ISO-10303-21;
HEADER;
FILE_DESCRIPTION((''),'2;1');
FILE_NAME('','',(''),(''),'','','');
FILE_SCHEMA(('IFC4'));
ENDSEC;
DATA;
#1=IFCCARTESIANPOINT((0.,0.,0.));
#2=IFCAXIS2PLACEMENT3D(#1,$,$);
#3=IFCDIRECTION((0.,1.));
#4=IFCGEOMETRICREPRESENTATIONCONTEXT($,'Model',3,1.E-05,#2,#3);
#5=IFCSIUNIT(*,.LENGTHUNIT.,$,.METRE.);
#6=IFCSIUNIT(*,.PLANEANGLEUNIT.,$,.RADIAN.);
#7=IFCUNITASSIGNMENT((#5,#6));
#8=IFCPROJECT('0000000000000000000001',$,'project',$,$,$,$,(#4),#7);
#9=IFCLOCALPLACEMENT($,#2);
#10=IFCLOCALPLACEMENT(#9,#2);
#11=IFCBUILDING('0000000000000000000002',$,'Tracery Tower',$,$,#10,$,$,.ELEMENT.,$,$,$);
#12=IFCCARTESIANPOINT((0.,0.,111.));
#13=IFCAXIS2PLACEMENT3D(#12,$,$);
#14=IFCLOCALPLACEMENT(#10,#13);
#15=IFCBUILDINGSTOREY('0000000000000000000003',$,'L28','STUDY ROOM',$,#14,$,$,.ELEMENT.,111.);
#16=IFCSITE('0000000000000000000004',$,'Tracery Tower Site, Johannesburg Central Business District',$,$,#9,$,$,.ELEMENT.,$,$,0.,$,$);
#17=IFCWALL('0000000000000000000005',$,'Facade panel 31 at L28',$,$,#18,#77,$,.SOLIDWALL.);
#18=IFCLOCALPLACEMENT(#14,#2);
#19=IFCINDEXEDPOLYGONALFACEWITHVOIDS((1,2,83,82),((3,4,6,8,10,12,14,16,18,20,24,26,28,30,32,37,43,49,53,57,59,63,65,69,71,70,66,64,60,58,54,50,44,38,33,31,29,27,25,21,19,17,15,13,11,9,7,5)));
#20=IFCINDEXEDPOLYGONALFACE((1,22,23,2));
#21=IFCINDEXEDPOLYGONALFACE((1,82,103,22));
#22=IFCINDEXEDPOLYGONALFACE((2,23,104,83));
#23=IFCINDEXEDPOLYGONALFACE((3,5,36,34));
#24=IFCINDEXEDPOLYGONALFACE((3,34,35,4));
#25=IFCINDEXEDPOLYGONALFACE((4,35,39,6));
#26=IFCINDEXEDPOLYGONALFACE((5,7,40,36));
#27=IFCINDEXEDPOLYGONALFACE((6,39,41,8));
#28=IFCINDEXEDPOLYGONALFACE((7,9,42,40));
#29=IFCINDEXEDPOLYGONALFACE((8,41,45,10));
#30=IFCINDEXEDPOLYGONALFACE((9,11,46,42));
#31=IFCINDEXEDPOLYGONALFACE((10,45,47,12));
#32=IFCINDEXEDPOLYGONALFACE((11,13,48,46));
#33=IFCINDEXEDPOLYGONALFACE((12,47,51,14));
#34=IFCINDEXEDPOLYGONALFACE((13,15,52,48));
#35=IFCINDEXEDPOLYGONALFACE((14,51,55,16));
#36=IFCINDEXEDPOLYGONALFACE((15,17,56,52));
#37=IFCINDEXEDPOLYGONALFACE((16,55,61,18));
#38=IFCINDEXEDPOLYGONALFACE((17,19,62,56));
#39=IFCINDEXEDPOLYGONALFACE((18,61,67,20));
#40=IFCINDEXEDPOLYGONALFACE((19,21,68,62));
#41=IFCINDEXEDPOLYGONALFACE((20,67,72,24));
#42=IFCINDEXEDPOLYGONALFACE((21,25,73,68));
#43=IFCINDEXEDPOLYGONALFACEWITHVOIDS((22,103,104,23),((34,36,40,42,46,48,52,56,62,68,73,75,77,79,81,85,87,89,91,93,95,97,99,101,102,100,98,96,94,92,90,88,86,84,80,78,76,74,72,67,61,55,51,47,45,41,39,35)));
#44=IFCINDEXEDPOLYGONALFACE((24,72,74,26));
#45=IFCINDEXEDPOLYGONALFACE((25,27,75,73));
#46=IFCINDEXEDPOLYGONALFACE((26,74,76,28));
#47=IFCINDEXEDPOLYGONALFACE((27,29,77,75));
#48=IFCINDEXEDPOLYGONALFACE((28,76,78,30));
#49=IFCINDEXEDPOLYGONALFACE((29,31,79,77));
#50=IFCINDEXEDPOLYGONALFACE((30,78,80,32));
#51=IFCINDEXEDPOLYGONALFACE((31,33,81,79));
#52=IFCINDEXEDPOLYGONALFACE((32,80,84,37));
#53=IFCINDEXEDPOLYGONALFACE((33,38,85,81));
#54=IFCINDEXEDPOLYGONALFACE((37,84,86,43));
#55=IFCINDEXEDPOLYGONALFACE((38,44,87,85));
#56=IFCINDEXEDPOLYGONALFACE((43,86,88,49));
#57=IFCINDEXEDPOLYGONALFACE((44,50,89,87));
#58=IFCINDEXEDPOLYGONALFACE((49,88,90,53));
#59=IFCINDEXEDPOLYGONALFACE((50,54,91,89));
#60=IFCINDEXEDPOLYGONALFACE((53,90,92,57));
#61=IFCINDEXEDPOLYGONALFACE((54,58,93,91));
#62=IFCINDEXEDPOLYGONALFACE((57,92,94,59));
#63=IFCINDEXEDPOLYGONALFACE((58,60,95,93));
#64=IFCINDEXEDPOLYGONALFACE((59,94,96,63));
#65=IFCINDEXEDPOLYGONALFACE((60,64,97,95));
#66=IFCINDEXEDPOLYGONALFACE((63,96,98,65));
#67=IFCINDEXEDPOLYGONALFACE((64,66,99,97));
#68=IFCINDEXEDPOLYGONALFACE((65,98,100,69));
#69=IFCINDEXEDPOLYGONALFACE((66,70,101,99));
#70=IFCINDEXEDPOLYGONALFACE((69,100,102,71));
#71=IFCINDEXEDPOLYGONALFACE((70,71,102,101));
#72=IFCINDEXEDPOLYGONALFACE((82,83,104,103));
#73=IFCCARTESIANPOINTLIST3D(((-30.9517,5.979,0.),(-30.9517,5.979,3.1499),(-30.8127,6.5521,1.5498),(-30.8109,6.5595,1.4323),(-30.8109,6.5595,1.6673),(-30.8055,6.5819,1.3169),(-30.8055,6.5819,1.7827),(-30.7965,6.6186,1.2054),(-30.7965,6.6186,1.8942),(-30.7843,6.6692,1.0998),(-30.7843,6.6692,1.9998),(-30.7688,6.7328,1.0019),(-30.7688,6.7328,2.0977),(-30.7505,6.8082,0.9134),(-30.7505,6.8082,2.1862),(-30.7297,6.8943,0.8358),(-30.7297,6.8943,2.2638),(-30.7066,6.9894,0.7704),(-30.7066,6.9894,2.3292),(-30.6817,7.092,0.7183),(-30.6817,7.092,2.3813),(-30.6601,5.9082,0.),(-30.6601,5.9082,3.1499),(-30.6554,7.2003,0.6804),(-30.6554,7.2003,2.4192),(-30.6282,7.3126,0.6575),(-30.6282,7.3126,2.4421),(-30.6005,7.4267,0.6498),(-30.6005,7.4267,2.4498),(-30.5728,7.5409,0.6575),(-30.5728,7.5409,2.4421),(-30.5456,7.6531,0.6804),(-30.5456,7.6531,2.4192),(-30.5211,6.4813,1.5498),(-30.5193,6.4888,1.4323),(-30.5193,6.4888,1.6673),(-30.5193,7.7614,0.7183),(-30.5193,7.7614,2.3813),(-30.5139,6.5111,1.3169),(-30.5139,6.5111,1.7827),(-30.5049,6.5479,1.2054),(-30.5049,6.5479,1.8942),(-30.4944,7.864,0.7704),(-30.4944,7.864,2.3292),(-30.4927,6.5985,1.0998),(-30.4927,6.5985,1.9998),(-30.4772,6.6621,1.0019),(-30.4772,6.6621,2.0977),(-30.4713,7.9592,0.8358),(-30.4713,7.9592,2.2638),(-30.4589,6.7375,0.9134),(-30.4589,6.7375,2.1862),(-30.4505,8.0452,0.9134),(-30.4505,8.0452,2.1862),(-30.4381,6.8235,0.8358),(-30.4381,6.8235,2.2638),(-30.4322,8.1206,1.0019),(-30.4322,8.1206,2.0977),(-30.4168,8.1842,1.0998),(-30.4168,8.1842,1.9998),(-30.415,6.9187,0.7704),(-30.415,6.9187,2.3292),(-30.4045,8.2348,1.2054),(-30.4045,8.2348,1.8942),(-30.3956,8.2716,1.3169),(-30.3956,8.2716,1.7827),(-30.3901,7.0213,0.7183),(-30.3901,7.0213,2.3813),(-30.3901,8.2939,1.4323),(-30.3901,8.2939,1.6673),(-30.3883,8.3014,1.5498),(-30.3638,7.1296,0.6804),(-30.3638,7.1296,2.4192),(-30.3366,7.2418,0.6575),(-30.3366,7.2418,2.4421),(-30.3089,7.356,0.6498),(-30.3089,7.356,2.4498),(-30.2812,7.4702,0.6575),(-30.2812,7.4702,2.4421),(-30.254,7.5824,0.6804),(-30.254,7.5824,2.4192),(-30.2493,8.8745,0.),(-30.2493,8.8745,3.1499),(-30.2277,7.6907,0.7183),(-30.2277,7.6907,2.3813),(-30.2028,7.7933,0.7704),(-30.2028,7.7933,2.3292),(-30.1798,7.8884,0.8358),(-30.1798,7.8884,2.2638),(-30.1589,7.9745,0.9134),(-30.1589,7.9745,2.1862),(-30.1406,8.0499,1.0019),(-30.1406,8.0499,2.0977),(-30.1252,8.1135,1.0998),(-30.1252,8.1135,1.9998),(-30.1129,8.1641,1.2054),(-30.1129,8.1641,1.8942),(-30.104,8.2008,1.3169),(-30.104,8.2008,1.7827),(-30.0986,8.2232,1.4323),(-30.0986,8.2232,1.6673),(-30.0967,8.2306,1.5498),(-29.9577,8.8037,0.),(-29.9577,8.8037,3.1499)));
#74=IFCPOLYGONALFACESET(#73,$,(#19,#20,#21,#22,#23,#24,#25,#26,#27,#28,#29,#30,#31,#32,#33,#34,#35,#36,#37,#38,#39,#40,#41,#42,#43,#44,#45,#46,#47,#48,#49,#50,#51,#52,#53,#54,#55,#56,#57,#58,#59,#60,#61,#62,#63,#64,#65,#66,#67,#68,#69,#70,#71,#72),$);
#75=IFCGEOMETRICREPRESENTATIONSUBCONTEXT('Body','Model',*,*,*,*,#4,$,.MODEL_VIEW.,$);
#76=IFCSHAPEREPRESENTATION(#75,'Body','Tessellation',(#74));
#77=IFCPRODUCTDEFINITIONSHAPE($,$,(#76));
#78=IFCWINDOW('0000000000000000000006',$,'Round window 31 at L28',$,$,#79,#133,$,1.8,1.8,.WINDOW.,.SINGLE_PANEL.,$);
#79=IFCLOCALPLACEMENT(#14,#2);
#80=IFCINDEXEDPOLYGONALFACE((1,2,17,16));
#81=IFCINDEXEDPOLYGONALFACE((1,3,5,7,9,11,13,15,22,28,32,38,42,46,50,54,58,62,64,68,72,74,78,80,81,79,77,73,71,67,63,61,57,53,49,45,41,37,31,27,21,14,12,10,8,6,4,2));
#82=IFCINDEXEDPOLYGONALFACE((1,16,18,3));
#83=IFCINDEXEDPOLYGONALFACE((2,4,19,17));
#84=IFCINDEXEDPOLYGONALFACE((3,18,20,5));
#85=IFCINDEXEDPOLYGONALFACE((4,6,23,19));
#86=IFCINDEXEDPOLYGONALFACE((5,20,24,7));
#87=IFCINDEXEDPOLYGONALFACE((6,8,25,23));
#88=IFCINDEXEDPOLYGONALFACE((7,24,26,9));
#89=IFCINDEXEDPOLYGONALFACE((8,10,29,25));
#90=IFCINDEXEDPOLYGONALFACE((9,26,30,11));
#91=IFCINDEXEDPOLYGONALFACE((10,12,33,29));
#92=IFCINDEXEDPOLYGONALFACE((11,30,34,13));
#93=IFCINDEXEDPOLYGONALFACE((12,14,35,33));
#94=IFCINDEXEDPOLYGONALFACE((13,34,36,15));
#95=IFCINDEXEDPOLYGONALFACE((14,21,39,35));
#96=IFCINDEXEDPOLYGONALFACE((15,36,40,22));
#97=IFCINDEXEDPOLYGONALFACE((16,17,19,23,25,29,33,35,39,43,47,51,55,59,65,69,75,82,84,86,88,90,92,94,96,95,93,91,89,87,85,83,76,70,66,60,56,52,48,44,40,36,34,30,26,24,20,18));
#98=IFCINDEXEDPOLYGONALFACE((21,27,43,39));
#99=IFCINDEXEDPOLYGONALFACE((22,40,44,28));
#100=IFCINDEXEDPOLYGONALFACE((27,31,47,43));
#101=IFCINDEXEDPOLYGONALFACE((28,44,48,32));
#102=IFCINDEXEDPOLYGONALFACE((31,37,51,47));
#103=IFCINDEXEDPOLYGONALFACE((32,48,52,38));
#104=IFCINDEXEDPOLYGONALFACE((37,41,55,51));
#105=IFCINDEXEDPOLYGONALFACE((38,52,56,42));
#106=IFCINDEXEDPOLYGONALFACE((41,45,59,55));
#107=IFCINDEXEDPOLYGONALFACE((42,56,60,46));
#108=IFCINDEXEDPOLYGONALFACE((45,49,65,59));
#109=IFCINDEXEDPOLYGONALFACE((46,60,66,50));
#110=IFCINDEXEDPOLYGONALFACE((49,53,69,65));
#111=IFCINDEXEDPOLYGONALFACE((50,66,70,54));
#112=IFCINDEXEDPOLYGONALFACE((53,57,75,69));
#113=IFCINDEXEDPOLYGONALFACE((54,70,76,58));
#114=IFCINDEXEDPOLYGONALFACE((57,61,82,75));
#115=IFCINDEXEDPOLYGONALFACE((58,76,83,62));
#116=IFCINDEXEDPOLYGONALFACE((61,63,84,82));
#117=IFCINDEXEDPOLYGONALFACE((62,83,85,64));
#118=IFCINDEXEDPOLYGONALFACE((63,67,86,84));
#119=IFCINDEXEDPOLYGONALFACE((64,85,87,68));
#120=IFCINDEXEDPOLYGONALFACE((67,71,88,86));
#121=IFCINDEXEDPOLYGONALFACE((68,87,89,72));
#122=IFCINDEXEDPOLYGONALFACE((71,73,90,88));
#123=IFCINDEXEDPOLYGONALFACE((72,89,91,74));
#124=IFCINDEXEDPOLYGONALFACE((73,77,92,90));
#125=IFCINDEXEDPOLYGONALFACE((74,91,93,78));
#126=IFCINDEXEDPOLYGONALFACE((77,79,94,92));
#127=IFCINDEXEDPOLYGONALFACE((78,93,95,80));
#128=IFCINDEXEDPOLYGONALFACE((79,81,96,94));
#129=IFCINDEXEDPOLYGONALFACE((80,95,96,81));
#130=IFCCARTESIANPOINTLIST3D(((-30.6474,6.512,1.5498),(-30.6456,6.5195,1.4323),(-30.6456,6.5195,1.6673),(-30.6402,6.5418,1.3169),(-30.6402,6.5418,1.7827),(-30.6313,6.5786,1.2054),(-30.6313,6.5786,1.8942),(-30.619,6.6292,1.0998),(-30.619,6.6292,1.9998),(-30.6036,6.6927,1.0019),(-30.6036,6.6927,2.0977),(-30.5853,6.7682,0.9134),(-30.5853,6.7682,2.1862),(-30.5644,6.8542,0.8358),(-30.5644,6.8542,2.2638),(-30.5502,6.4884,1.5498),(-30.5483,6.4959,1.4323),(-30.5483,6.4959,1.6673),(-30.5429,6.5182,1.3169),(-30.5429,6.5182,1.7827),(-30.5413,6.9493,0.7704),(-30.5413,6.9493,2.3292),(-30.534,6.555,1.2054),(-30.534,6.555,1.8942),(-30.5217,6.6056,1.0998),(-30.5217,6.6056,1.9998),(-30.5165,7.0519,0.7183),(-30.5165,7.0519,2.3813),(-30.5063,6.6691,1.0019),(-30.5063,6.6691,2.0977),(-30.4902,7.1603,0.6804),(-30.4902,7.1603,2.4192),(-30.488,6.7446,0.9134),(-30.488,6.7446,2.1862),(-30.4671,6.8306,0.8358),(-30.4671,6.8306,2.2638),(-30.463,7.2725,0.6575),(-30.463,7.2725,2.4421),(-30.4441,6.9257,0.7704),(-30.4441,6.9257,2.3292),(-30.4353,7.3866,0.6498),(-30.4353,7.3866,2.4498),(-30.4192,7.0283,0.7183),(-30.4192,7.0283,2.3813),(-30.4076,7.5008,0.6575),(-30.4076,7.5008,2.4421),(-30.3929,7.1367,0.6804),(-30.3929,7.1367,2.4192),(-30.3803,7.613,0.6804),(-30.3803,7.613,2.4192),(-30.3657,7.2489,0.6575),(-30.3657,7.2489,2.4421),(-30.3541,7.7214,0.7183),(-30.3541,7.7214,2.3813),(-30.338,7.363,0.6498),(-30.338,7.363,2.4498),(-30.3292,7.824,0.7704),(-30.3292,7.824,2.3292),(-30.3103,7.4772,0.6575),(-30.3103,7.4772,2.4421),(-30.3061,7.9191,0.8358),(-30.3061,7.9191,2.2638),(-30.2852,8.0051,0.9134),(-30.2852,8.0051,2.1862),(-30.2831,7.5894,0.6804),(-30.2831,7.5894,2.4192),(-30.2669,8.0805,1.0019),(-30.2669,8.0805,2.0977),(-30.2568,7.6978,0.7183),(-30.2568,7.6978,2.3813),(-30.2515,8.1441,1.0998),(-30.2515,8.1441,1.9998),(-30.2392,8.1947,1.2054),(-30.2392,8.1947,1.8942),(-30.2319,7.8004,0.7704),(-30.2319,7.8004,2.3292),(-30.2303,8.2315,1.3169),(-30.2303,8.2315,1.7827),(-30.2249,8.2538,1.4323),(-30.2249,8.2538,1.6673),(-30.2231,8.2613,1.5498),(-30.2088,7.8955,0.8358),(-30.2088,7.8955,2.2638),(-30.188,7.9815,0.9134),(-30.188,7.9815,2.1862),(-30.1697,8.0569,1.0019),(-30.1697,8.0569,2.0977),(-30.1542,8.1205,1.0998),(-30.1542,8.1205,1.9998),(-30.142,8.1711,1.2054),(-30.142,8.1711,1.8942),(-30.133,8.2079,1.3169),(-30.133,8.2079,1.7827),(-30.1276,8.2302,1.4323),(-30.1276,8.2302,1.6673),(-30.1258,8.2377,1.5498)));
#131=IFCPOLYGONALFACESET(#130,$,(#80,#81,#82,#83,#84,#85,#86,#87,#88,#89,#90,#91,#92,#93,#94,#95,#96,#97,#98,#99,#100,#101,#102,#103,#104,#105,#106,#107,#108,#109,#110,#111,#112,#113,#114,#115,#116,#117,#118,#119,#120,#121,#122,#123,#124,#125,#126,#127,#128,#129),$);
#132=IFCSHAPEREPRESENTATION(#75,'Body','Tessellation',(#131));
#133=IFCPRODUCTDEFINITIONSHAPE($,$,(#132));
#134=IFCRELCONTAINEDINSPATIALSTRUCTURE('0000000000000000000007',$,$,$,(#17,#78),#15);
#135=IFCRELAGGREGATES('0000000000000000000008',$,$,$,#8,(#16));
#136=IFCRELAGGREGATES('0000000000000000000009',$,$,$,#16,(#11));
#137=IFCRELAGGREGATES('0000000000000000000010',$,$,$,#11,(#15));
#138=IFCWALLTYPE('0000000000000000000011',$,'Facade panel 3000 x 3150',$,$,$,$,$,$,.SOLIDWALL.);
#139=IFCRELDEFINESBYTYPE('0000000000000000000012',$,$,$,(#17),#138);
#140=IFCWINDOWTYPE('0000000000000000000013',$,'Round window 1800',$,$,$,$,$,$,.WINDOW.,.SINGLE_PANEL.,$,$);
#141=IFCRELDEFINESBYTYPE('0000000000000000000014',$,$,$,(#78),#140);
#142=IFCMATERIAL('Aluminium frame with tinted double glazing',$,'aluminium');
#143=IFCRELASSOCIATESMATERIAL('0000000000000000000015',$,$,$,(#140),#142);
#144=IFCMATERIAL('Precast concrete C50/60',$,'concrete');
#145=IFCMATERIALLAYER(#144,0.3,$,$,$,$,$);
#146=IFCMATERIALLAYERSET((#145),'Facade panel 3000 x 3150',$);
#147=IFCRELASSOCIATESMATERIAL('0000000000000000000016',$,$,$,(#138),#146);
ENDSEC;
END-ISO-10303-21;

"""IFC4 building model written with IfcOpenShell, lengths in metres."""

from ifc_helpers import new_model, si_unit, direction, frame, frame_2d, origin, origin_2d, place, context, subcontext, project, spatial, rectangle, circle, extrude, material, layer, layer_set, type_object, element, fill, save


model = new_model("IFC4")

# Units and contexts
model_context = context("Model", 3, precision=1e-05, world=origin(), true_north=direction((0.0, 1.0)))
body_context = subcontext(model_context, "Body", "Model", "MODEL_VIEW")
ifc_project = project(units=[si_unit("LENGTHUNIT", "METRE"), si_unit("PLANEANGLEUNIT", "RADIAN")], contexts=[model_context])

# Site, building, storey
site_placement = place(None, origin())
site = spatial("IfcSite", under=ifc_project, at=site_placement, Name="Tracery Tower Site, Johannesburg Central Business District", CompositionType="ELEMENT", RefElevation=0.0)
building_placement = place(site_placement, origin())
building = spatial("IfcBuilding", under=site, at=building_placement, Name="Tracery Tower", CompositionType="ELEMENT")
storey_placement = place(building_placement, frame((0.0, 0.0, 111.0)))
storey = spatial("IfcBuildingStorey", under=building, at=storey_placement, Name="L28", Description="STUDY ROOM", CompositionType="ELEMENT", Elevation=111.0)

# Wall, opening, window
ifc_material_1 = material(Name="Aluminium frame with tinted double glazing", Category="aluminium")
window_type = type_object("IfcWindowType", Name="Round window 1800", PartitioningType="SINGLE_PANEL", PredefinedType="WINDOW", material=ifc_material_1)
ifc_material_2 = material(Name="Precast concrete C50/60", Category="concrete")
ifc_layer_1 = layer(ifc_material_2, 0.3)
ifc_layer_set_1 = layer_set([ifc_layer_1], Name="Facade panel 3000 x 3150")
wall_type_1 = type_object("IfcWallType", Name="Facade panel 3000 x 3150", PredefinedType="SOLIDWALL", material=ifc_layer_set_1)
wall_1_placement = place(storey_placement, frame((-30.1035, 8.8391, 0.0), z_axis=(0.0, 0.0, 1.0), x_axis=(-0.235743, -0.971815, 0.0)))
wall_1 = element("IfcWall", 1, at=wall_1_placement, inside=storey, type_object=wall_type_1, Name="Facade panel 31 at L28", PredefinedType="SOLIDWALL", context=body_context, shape_type="SweptSolid", body=[
    extrude(rectangle(XDim=2.9795, YDim=0.3, at=frame_2d((1.4897, 0.0))), origin(), (0.0, 0.0, 1.0), 3.1499),
])
opening_1_placement = place(wall_1_placement, frame((1.4897, 0.0, 1.5498)))
opening_1 = element("IfcOpeningElement", 2, at=opening_1_placement, cuts=wall_1, PredefinedType="OPENING", context=body_context, shape_type="SweptSolid", body=[
    extrude(circle(Radius=0.9, at=origin_2d()), frame((0.0, 0.1599, 0.0), z_axis=(0.0, -1.0, 0.0), x_axis=(1.0, 0.0, 0.0)), (0.0, 0.0, 1.0), 0.3201),
])
window_1_placement = place(opening_1_placement, origin())
window_1 = element("IfcWindow", 3, at=window_1_placement, inside=storey, type_object=window_type, Name="Round window 31 at L28", OverallHeight=1.8, OverallWidth=1.8, PartitioningType="SINGLE_PANEL", PredefinedType="WINDOW", context=body_context, shape_type="SweptSolid", body=[
    extrude(circle(Radius=0.9, at=origin_2d()), frame((0.0, 0.1201, 0.0), z_axis=(0.0, -1.0, 0.0), x_axis=(1.0, 0.0, 0.0)), (0.0, 0.0, 1.0), 0.1001),
])
fill(opening_1, window_1)

save(model, "model.ifc")
